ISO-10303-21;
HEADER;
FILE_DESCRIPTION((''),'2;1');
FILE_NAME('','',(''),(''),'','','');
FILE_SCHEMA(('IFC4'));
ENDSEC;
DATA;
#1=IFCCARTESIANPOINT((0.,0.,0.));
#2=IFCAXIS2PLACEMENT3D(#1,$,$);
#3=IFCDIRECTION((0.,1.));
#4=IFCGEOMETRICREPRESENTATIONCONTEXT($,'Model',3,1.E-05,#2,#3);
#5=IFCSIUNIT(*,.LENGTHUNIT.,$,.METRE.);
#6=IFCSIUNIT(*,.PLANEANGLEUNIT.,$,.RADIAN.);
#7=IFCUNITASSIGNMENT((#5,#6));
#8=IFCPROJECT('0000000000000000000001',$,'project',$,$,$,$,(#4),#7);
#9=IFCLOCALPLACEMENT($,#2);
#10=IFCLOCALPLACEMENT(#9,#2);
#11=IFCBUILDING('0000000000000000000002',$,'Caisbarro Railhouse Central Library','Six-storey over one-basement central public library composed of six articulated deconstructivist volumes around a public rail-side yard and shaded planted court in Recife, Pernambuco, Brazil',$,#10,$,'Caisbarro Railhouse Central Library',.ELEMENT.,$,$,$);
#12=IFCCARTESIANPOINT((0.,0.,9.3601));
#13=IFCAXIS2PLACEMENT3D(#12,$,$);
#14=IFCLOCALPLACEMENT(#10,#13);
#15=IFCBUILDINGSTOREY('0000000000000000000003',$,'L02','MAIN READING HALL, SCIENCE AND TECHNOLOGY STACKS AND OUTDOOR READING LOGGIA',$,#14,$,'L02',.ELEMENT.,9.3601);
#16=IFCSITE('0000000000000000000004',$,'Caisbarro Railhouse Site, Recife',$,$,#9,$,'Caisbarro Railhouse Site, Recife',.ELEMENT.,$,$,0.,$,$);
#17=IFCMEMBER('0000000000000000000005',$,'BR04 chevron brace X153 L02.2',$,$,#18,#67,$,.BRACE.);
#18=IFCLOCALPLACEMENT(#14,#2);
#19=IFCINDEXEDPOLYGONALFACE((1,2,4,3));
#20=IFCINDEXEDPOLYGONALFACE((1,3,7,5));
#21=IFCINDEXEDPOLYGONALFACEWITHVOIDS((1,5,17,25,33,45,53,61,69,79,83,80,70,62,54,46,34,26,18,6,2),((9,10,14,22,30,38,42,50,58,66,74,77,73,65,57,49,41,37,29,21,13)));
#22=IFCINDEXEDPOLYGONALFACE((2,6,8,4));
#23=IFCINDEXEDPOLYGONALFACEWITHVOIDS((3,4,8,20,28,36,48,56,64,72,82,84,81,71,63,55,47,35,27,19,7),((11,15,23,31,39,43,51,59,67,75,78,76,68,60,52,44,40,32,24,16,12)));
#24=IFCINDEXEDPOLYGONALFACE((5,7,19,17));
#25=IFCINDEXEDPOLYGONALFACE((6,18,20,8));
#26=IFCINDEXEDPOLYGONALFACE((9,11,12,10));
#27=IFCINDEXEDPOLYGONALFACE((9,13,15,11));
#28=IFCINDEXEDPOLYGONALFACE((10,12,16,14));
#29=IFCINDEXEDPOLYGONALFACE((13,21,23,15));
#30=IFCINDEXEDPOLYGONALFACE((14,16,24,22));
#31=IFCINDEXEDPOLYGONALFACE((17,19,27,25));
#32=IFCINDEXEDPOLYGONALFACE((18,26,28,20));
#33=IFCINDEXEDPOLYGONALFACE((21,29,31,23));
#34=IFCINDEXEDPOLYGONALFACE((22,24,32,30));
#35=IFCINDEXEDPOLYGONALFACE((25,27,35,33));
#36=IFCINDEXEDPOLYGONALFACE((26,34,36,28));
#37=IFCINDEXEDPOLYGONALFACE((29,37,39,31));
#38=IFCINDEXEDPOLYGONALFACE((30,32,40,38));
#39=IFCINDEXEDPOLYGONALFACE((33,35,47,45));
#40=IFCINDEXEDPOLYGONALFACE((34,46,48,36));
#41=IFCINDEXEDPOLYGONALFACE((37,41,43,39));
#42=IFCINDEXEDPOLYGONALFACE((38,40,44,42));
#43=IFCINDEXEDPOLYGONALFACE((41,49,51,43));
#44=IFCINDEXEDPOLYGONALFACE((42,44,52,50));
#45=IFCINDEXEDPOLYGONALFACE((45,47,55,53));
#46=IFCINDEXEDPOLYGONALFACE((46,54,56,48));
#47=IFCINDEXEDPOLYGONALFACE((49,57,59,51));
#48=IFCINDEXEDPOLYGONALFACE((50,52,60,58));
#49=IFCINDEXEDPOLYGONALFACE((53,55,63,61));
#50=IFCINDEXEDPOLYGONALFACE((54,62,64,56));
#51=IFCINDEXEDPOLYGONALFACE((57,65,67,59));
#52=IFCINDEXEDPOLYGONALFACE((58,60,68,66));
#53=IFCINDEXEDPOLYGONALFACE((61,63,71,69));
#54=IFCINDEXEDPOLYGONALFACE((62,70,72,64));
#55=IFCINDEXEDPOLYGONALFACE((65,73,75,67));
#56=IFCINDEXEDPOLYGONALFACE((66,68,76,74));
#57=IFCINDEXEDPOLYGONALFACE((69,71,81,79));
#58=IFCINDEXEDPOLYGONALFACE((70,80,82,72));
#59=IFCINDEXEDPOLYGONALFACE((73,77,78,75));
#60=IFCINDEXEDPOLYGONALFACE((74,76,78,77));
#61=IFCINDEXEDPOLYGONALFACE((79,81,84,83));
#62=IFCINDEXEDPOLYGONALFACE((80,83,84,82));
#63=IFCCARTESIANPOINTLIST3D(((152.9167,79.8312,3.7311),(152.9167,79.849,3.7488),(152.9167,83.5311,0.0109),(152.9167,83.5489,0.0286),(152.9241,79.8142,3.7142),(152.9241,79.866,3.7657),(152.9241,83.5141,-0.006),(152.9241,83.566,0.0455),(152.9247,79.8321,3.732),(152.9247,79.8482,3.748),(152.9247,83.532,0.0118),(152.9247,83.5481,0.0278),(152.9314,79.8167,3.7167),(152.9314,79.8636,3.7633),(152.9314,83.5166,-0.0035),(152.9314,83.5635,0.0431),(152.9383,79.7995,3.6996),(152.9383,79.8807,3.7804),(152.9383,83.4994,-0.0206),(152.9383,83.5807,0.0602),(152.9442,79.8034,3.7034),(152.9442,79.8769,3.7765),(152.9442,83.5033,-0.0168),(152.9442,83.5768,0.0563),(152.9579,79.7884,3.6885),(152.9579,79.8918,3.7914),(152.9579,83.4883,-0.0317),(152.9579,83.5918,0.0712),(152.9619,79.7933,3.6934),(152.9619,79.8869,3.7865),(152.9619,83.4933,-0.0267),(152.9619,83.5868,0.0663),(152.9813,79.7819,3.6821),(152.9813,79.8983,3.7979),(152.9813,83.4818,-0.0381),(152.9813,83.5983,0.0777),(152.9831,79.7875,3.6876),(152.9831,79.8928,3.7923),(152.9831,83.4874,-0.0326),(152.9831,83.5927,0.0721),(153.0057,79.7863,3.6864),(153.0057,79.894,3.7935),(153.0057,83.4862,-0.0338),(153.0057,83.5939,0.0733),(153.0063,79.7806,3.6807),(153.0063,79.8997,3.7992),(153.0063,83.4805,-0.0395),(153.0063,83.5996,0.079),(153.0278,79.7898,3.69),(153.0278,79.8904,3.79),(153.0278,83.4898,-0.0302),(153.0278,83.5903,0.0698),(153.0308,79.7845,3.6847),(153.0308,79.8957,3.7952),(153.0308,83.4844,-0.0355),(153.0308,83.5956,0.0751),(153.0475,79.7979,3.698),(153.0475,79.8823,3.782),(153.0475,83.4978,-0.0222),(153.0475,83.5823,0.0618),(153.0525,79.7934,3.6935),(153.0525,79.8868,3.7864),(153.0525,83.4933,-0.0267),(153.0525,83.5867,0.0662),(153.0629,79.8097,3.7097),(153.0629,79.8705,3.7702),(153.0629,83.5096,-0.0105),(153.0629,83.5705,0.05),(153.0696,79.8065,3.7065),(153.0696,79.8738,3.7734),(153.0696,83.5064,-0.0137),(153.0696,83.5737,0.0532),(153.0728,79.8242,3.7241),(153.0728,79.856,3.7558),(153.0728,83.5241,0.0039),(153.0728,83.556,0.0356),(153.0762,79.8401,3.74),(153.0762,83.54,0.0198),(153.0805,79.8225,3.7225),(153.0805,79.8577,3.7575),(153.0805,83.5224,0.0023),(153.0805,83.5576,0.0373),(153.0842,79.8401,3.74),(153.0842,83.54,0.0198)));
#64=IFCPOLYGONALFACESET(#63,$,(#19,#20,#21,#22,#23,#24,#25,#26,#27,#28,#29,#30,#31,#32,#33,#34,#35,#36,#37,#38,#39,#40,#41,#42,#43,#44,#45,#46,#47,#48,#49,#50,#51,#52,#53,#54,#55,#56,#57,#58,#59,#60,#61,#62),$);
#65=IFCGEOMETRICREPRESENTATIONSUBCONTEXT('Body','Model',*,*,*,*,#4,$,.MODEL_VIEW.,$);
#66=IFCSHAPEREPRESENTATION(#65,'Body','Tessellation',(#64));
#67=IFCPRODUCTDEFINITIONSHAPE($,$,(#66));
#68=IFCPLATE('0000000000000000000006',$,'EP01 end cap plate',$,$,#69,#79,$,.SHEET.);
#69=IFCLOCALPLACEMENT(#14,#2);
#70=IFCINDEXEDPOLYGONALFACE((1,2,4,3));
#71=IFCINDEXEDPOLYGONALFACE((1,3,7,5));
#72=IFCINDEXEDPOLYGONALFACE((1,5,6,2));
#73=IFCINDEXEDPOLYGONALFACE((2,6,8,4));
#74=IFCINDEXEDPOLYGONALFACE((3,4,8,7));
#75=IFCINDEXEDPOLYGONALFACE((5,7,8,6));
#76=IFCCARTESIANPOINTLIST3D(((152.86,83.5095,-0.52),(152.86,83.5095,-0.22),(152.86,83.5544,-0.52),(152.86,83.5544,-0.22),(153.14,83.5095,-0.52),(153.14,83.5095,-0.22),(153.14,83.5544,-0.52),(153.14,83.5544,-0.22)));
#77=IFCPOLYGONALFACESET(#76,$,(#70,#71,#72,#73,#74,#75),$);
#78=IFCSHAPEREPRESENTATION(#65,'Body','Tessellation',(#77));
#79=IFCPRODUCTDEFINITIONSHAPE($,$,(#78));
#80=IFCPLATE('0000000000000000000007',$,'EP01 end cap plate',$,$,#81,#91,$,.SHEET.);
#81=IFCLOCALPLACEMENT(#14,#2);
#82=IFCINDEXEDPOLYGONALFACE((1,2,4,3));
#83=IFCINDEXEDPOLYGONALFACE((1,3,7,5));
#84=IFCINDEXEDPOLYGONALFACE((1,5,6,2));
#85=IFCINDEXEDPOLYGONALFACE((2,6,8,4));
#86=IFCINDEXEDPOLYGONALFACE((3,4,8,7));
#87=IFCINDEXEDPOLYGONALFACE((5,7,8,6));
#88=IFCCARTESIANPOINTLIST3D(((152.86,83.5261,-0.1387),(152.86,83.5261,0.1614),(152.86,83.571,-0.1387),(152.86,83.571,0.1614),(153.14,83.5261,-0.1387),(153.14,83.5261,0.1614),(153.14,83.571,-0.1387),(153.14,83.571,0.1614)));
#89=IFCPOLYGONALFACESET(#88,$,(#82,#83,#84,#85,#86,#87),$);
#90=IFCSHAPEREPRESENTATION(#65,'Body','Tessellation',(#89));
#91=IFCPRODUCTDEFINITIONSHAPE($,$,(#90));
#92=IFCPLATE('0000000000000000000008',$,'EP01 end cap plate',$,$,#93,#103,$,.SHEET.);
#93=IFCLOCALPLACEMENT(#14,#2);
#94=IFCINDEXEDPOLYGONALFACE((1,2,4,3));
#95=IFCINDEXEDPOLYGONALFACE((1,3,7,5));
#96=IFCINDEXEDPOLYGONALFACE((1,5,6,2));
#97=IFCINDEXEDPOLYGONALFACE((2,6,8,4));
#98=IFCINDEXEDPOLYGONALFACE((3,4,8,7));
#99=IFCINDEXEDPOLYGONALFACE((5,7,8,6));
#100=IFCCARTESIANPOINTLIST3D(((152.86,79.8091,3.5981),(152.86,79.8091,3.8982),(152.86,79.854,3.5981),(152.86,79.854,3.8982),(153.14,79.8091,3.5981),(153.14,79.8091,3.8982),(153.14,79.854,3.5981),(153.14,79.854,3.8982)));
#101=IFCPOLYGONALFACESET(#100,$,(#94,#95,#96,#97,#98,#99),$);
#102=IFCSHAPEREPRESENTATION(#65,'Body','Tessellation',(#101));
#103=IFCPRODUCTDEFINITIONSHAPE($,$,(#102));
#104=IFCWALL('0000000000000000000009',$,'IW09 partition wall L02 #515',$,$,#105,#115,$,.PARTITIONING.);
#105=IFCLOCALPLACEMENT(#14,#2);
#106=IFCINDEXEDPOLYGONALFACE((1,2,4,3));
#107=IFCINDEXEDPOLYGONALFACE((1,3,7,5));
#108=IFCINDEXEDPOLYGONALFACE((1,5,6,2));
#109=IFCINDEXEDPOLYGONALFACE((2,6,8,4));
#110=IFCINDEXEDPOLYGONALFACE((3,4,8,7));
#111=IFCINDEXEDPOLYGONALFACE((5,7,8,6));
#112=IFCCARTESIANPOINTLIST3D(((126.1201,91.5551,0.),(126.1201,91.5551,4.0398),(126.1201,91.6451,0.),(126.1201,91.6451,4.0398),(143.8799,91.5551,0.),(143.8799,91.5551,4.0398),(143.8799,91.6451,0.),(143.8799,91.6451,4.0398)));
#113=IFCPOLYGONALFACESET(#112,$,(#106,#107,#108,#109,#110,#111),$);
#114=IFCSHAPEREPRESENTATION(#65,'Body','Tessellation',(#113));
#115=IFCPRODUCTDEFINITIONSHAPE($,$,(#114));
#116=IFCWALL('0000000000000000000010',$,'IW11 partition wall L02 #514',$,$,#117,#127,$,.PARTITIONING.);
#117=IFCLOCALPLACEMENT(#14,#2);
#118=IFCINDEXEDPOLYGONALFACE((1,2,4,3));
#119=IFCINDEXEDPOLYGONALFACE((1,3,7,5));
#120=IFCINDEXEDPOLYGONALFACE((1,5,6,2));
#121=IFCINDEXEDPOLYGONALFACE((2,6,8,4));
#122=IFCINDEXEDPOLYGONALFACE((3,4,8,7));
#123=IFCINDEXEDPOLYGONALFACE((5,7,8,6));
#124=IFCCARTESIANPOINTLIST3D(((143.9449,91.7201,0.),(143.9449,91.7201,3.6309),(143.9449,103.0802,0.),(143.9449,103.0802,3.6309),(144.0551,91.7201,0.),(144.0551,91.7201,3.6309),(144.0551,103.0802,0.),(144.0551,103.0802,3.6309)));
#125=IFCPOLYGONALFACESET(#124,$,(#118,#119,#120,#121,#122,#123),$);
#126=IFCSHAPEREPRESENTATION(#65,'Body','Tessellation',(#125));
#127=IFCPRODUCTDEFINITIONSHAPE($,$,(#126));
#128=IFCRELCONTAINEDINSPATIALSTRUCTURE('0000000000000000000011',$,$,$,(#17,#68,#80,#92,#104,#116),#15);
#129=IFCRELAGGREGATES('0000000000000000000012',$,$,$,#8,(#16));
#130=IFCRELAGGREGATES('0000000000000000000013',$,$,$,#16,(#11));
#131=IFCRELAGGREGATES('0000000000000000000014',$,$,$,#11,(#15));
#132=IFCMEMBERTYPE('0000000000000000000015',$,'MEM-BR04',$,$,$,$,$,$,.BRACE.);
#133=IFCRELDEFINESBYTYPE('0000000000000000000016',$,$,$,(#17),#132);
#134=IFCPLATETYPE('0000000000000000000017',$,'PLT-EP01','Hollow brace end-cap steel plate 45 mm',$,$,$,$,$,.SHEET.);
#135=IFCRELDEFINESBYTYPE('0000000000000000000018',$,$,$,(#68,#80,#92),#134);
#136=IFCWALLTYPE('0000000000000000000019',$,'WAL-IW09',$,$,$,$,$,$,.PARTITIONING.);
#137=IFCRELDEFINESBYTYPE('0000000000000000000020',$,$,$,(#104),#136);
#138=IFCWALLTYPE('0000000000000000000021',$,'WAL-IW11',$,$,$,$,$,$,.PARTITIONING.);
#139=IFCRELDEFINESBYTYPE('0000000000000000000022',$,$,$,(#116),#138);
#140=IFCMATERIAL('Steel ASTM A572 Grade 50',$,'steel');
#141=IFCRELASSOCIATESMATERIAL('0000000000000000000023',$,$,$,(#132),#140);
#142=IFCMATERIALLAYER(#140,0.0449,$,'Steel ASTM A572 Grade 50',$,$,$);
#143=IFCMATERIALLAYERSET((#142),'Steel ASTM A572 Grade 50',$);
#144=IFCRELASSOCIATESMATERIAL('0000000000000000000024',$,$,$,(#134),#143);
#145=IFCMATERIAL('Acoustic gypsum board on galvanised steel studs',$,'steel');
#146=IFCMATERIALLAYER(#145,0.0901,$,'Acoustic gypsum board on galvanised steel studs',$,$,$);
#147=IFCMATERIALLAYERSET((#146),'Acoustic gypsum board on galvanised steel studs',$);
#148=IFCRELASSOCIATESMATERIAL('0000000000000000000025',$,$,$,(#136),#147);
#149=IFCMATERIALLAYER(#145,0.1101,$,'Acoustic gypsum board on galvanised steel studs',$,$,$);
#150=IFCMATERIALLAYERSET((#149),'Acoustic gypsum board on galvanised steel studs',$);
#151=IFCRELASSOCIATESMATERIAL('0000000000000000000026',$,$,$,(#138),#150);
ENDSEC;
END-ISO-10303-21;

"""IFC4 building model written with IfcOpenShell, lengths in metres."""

from ifc_helpers import new_model, si_unit, direction, frame, frame_2d, origin, origin_2d, place, context, subcontext, project, spatial, rectangle, hollow_circle, extrude, material, layer, layer_set, material_profile, profile_set, type_object, element, save


model = new_model("IFC4")

# Units and contexts
model_context = context("Model", 3, precision=1e-05, world=origin(), true_north=direction((0.0, 1.0)))
body_context = subcontext(model_context, "Body", "Model", "MODEL_VIEW")
ifc_project = project(units=[si_unit("LENGTHUNIT", "METRE"), si_unit("PLANEANGLEUNIT", "RADIAN")], contexts=[model_context])

# Site, building, storey
site_placement = place(None, origin())
site = spatial("IfcSite", under=ifc_project, at=site_placement, Name="Caisbarro Railhouse Site, Recife", LongName="Caisbarro Railhouse Site, Recife", CompositionType="ELEMENT", RefElevation=0.0)
building_placement = place(site_placement, origin())
building = spatial("IfcBuilding", under=site, at=building_placement, Name="Caisbarro Railhouse Central Library", Description="Six-storey over one-basement central public library composed of six articulated deconstructivist volumes around a public rail-side yard and shaded planted court in Recife, Pernambuco, Brazil", LongName="Caisbarro Railhouse Central Library", CompositionType="ELEMENT")
storey_placement = place(building_placement, frame((0.0, 0.0, 9.3601)))
storey = spatial("IfcBuildingStorey", under=building, at=storey_placement, Name="L02", Description="MAIN READING HALL, SCIENCE AND TECHNOLOGY STACKS AND OUTDOOR READING LOGGIA", LongName="L02", CompositionType="ELEMENT", Elevation=9.3601)

# Shared definitions
ifc_material_1 = material(Name="Steel ASTM A572 Grade 50", Category="steel")

# Member
ifc_material_profile_1 = material_profile(ifc_material_1, hollow_circle(Radius=0.0842, WallThickness=0.0081, at=origin_2d()), Name="CHS168.3X8")
ifc_profile_set_1 = profile_set([ifc_material_profile_1], Name="Steel ASTM A572 Grade 50")
member_type = type_object("IfcMemberType", Name="MEM-BR04", PredefinedType="BRACE", material=ifc_profile_set_1)
member_placement = place(storey_placement, frame((153.0, 83.54, 0.0198), z_axis=(0.0, -0.705173, 0.709035), x_axis=(1.0, 0.0, 0.0)))
element("IfcMember", 1, at=member_placement, inside=storey, type_object=member_type, Name="BR04 chevron brace X153 L02.2", PredefinedType="BRACE", context=body_context, shape_type="SweptSolid", body=[
    extrude(hollow_circle(Radius=0.0842, WallThickness=0.0081, at=origin_2d()), origin(), (0.0, 0.0, 1.0), 5.2468),
])

# Plates
ifc_layer_1 = layer(ifc_material_1, 0.0449, Name="Steel ASTM A572 Grade 50")
ifc_layer_set_1 = layer_set([ifc_layer_1], Name="Steel ASTM A572 Grade 50")
plate_type = type_object("IfcPlateType", Name="PLT-EP01", Description="Hollow brace end-cap steel plate 45 mm", PredefinedType="SHEET", material=ifc_layer_set_1)
for number, where, z_axis, x_axis, name in (
    (2, (153.0, 83.532, -0.52), (0.0, 0.0, 1.0), (0.0, 1.0, 0.0), "EP01 end cap plate"),
    (3, (153.0, 83.5486, -0.1387), (0.0, 0.0, 1.0), (0.0, -1.0, 0.0), "EP01 end cap plate"),
    (4, (153.0, 79.8315, 3.5981), (0.0, 0.0, 1.0), (0.0, -1.0, 0.0), "EP01 end cap plate"),
):
    element("IfcPlate", number, at=place(storey_placement, frame(where, z_axis=z_axis, x_axis=x_axis)), inside=storey, type_object=plate_type, Name=name, PredefinedType="SHEET", context=body_context, shape_type="SweptSolid", body=[
        extrude(rectangle(XDim=0.0449, YDim=0.28, at=origin_2d()), origin(), (0.0, 0.0, 1.0), 0.3),
    ])

# Walls
ifc_material_2 = material(Name="Acoustic gypsum board on galvanised steel studs", Category="steel")
ifc_layer_2 = layer(ifc_material_2, 0.0901, Name="Acoustic gypsum board on galvanised steel studs")
ifc_layer_set_2 = layer_set([ifc_layer_2], Name="Acoustic gypsum board on galvanised steel studs")
wall_type_1 = type_object("IfcWallType", Name="WAL-IW09", PredefinedType="PARTITIONING", material=ifc_layer_set_2)
wall_1_placement = place(storey_placement, frame((126.1201, 91.6001, 0.0), z_axis=(0.0, 0.0, 1.0), x_axis=(1.0, 0.0, 0.0)))
element("IfcWall", 5, at=wall_1_placement, inside=storey, type_object=wall_type_1, Name="IW09 partition wall L02 #515", PredefinedType="PARTITIONING", context=body_context, shape_type="SweptSolid", body=[
    extrude(rectangle(XDim=17.7598, YDim=0.0901, at=frame_2d((8.8799, 0.0))), origin(), (0.0, 0.0, 1.0), 4.0398),
])
ifc_layer_3 = layer(ifc_material_2, 0.1101, Name="Acoustic gypsum board on galvanised steel studs")
ifc_layer_set_3 = layer_set([ifc_layer_3], Name="Acoustic gypsum board on galvanised steel studs")
wall_type_2 = type_object("IfcWallType", Name="WAL-IW11", PredefinedType="PARTITIONING", material=ifc_layer_set_3)
wall_2_placement = place(storey_placement, frame((144.0, 91.72, 0.0), z_axis=(0.0, 0.0, 1.0), x_axis=(0.0, 1.0, 0.0)))
element("IfcWall", 6, at=wall_2_placement, inside=storey, type_object=wall_type_2, Name="IW11 partition wall L02 #514", PredefinedType="PARTITIONING", context=body_context, shape_type="SweptSolid", body=[
    extrude(rectangle(XDim=11.3601, YDim=0.1101, at=frame_2d((5.6802, 0.0))), origin(), (0.0, 0.0, 1.0), 3.6309),
])

save(model, "model.ifc")
